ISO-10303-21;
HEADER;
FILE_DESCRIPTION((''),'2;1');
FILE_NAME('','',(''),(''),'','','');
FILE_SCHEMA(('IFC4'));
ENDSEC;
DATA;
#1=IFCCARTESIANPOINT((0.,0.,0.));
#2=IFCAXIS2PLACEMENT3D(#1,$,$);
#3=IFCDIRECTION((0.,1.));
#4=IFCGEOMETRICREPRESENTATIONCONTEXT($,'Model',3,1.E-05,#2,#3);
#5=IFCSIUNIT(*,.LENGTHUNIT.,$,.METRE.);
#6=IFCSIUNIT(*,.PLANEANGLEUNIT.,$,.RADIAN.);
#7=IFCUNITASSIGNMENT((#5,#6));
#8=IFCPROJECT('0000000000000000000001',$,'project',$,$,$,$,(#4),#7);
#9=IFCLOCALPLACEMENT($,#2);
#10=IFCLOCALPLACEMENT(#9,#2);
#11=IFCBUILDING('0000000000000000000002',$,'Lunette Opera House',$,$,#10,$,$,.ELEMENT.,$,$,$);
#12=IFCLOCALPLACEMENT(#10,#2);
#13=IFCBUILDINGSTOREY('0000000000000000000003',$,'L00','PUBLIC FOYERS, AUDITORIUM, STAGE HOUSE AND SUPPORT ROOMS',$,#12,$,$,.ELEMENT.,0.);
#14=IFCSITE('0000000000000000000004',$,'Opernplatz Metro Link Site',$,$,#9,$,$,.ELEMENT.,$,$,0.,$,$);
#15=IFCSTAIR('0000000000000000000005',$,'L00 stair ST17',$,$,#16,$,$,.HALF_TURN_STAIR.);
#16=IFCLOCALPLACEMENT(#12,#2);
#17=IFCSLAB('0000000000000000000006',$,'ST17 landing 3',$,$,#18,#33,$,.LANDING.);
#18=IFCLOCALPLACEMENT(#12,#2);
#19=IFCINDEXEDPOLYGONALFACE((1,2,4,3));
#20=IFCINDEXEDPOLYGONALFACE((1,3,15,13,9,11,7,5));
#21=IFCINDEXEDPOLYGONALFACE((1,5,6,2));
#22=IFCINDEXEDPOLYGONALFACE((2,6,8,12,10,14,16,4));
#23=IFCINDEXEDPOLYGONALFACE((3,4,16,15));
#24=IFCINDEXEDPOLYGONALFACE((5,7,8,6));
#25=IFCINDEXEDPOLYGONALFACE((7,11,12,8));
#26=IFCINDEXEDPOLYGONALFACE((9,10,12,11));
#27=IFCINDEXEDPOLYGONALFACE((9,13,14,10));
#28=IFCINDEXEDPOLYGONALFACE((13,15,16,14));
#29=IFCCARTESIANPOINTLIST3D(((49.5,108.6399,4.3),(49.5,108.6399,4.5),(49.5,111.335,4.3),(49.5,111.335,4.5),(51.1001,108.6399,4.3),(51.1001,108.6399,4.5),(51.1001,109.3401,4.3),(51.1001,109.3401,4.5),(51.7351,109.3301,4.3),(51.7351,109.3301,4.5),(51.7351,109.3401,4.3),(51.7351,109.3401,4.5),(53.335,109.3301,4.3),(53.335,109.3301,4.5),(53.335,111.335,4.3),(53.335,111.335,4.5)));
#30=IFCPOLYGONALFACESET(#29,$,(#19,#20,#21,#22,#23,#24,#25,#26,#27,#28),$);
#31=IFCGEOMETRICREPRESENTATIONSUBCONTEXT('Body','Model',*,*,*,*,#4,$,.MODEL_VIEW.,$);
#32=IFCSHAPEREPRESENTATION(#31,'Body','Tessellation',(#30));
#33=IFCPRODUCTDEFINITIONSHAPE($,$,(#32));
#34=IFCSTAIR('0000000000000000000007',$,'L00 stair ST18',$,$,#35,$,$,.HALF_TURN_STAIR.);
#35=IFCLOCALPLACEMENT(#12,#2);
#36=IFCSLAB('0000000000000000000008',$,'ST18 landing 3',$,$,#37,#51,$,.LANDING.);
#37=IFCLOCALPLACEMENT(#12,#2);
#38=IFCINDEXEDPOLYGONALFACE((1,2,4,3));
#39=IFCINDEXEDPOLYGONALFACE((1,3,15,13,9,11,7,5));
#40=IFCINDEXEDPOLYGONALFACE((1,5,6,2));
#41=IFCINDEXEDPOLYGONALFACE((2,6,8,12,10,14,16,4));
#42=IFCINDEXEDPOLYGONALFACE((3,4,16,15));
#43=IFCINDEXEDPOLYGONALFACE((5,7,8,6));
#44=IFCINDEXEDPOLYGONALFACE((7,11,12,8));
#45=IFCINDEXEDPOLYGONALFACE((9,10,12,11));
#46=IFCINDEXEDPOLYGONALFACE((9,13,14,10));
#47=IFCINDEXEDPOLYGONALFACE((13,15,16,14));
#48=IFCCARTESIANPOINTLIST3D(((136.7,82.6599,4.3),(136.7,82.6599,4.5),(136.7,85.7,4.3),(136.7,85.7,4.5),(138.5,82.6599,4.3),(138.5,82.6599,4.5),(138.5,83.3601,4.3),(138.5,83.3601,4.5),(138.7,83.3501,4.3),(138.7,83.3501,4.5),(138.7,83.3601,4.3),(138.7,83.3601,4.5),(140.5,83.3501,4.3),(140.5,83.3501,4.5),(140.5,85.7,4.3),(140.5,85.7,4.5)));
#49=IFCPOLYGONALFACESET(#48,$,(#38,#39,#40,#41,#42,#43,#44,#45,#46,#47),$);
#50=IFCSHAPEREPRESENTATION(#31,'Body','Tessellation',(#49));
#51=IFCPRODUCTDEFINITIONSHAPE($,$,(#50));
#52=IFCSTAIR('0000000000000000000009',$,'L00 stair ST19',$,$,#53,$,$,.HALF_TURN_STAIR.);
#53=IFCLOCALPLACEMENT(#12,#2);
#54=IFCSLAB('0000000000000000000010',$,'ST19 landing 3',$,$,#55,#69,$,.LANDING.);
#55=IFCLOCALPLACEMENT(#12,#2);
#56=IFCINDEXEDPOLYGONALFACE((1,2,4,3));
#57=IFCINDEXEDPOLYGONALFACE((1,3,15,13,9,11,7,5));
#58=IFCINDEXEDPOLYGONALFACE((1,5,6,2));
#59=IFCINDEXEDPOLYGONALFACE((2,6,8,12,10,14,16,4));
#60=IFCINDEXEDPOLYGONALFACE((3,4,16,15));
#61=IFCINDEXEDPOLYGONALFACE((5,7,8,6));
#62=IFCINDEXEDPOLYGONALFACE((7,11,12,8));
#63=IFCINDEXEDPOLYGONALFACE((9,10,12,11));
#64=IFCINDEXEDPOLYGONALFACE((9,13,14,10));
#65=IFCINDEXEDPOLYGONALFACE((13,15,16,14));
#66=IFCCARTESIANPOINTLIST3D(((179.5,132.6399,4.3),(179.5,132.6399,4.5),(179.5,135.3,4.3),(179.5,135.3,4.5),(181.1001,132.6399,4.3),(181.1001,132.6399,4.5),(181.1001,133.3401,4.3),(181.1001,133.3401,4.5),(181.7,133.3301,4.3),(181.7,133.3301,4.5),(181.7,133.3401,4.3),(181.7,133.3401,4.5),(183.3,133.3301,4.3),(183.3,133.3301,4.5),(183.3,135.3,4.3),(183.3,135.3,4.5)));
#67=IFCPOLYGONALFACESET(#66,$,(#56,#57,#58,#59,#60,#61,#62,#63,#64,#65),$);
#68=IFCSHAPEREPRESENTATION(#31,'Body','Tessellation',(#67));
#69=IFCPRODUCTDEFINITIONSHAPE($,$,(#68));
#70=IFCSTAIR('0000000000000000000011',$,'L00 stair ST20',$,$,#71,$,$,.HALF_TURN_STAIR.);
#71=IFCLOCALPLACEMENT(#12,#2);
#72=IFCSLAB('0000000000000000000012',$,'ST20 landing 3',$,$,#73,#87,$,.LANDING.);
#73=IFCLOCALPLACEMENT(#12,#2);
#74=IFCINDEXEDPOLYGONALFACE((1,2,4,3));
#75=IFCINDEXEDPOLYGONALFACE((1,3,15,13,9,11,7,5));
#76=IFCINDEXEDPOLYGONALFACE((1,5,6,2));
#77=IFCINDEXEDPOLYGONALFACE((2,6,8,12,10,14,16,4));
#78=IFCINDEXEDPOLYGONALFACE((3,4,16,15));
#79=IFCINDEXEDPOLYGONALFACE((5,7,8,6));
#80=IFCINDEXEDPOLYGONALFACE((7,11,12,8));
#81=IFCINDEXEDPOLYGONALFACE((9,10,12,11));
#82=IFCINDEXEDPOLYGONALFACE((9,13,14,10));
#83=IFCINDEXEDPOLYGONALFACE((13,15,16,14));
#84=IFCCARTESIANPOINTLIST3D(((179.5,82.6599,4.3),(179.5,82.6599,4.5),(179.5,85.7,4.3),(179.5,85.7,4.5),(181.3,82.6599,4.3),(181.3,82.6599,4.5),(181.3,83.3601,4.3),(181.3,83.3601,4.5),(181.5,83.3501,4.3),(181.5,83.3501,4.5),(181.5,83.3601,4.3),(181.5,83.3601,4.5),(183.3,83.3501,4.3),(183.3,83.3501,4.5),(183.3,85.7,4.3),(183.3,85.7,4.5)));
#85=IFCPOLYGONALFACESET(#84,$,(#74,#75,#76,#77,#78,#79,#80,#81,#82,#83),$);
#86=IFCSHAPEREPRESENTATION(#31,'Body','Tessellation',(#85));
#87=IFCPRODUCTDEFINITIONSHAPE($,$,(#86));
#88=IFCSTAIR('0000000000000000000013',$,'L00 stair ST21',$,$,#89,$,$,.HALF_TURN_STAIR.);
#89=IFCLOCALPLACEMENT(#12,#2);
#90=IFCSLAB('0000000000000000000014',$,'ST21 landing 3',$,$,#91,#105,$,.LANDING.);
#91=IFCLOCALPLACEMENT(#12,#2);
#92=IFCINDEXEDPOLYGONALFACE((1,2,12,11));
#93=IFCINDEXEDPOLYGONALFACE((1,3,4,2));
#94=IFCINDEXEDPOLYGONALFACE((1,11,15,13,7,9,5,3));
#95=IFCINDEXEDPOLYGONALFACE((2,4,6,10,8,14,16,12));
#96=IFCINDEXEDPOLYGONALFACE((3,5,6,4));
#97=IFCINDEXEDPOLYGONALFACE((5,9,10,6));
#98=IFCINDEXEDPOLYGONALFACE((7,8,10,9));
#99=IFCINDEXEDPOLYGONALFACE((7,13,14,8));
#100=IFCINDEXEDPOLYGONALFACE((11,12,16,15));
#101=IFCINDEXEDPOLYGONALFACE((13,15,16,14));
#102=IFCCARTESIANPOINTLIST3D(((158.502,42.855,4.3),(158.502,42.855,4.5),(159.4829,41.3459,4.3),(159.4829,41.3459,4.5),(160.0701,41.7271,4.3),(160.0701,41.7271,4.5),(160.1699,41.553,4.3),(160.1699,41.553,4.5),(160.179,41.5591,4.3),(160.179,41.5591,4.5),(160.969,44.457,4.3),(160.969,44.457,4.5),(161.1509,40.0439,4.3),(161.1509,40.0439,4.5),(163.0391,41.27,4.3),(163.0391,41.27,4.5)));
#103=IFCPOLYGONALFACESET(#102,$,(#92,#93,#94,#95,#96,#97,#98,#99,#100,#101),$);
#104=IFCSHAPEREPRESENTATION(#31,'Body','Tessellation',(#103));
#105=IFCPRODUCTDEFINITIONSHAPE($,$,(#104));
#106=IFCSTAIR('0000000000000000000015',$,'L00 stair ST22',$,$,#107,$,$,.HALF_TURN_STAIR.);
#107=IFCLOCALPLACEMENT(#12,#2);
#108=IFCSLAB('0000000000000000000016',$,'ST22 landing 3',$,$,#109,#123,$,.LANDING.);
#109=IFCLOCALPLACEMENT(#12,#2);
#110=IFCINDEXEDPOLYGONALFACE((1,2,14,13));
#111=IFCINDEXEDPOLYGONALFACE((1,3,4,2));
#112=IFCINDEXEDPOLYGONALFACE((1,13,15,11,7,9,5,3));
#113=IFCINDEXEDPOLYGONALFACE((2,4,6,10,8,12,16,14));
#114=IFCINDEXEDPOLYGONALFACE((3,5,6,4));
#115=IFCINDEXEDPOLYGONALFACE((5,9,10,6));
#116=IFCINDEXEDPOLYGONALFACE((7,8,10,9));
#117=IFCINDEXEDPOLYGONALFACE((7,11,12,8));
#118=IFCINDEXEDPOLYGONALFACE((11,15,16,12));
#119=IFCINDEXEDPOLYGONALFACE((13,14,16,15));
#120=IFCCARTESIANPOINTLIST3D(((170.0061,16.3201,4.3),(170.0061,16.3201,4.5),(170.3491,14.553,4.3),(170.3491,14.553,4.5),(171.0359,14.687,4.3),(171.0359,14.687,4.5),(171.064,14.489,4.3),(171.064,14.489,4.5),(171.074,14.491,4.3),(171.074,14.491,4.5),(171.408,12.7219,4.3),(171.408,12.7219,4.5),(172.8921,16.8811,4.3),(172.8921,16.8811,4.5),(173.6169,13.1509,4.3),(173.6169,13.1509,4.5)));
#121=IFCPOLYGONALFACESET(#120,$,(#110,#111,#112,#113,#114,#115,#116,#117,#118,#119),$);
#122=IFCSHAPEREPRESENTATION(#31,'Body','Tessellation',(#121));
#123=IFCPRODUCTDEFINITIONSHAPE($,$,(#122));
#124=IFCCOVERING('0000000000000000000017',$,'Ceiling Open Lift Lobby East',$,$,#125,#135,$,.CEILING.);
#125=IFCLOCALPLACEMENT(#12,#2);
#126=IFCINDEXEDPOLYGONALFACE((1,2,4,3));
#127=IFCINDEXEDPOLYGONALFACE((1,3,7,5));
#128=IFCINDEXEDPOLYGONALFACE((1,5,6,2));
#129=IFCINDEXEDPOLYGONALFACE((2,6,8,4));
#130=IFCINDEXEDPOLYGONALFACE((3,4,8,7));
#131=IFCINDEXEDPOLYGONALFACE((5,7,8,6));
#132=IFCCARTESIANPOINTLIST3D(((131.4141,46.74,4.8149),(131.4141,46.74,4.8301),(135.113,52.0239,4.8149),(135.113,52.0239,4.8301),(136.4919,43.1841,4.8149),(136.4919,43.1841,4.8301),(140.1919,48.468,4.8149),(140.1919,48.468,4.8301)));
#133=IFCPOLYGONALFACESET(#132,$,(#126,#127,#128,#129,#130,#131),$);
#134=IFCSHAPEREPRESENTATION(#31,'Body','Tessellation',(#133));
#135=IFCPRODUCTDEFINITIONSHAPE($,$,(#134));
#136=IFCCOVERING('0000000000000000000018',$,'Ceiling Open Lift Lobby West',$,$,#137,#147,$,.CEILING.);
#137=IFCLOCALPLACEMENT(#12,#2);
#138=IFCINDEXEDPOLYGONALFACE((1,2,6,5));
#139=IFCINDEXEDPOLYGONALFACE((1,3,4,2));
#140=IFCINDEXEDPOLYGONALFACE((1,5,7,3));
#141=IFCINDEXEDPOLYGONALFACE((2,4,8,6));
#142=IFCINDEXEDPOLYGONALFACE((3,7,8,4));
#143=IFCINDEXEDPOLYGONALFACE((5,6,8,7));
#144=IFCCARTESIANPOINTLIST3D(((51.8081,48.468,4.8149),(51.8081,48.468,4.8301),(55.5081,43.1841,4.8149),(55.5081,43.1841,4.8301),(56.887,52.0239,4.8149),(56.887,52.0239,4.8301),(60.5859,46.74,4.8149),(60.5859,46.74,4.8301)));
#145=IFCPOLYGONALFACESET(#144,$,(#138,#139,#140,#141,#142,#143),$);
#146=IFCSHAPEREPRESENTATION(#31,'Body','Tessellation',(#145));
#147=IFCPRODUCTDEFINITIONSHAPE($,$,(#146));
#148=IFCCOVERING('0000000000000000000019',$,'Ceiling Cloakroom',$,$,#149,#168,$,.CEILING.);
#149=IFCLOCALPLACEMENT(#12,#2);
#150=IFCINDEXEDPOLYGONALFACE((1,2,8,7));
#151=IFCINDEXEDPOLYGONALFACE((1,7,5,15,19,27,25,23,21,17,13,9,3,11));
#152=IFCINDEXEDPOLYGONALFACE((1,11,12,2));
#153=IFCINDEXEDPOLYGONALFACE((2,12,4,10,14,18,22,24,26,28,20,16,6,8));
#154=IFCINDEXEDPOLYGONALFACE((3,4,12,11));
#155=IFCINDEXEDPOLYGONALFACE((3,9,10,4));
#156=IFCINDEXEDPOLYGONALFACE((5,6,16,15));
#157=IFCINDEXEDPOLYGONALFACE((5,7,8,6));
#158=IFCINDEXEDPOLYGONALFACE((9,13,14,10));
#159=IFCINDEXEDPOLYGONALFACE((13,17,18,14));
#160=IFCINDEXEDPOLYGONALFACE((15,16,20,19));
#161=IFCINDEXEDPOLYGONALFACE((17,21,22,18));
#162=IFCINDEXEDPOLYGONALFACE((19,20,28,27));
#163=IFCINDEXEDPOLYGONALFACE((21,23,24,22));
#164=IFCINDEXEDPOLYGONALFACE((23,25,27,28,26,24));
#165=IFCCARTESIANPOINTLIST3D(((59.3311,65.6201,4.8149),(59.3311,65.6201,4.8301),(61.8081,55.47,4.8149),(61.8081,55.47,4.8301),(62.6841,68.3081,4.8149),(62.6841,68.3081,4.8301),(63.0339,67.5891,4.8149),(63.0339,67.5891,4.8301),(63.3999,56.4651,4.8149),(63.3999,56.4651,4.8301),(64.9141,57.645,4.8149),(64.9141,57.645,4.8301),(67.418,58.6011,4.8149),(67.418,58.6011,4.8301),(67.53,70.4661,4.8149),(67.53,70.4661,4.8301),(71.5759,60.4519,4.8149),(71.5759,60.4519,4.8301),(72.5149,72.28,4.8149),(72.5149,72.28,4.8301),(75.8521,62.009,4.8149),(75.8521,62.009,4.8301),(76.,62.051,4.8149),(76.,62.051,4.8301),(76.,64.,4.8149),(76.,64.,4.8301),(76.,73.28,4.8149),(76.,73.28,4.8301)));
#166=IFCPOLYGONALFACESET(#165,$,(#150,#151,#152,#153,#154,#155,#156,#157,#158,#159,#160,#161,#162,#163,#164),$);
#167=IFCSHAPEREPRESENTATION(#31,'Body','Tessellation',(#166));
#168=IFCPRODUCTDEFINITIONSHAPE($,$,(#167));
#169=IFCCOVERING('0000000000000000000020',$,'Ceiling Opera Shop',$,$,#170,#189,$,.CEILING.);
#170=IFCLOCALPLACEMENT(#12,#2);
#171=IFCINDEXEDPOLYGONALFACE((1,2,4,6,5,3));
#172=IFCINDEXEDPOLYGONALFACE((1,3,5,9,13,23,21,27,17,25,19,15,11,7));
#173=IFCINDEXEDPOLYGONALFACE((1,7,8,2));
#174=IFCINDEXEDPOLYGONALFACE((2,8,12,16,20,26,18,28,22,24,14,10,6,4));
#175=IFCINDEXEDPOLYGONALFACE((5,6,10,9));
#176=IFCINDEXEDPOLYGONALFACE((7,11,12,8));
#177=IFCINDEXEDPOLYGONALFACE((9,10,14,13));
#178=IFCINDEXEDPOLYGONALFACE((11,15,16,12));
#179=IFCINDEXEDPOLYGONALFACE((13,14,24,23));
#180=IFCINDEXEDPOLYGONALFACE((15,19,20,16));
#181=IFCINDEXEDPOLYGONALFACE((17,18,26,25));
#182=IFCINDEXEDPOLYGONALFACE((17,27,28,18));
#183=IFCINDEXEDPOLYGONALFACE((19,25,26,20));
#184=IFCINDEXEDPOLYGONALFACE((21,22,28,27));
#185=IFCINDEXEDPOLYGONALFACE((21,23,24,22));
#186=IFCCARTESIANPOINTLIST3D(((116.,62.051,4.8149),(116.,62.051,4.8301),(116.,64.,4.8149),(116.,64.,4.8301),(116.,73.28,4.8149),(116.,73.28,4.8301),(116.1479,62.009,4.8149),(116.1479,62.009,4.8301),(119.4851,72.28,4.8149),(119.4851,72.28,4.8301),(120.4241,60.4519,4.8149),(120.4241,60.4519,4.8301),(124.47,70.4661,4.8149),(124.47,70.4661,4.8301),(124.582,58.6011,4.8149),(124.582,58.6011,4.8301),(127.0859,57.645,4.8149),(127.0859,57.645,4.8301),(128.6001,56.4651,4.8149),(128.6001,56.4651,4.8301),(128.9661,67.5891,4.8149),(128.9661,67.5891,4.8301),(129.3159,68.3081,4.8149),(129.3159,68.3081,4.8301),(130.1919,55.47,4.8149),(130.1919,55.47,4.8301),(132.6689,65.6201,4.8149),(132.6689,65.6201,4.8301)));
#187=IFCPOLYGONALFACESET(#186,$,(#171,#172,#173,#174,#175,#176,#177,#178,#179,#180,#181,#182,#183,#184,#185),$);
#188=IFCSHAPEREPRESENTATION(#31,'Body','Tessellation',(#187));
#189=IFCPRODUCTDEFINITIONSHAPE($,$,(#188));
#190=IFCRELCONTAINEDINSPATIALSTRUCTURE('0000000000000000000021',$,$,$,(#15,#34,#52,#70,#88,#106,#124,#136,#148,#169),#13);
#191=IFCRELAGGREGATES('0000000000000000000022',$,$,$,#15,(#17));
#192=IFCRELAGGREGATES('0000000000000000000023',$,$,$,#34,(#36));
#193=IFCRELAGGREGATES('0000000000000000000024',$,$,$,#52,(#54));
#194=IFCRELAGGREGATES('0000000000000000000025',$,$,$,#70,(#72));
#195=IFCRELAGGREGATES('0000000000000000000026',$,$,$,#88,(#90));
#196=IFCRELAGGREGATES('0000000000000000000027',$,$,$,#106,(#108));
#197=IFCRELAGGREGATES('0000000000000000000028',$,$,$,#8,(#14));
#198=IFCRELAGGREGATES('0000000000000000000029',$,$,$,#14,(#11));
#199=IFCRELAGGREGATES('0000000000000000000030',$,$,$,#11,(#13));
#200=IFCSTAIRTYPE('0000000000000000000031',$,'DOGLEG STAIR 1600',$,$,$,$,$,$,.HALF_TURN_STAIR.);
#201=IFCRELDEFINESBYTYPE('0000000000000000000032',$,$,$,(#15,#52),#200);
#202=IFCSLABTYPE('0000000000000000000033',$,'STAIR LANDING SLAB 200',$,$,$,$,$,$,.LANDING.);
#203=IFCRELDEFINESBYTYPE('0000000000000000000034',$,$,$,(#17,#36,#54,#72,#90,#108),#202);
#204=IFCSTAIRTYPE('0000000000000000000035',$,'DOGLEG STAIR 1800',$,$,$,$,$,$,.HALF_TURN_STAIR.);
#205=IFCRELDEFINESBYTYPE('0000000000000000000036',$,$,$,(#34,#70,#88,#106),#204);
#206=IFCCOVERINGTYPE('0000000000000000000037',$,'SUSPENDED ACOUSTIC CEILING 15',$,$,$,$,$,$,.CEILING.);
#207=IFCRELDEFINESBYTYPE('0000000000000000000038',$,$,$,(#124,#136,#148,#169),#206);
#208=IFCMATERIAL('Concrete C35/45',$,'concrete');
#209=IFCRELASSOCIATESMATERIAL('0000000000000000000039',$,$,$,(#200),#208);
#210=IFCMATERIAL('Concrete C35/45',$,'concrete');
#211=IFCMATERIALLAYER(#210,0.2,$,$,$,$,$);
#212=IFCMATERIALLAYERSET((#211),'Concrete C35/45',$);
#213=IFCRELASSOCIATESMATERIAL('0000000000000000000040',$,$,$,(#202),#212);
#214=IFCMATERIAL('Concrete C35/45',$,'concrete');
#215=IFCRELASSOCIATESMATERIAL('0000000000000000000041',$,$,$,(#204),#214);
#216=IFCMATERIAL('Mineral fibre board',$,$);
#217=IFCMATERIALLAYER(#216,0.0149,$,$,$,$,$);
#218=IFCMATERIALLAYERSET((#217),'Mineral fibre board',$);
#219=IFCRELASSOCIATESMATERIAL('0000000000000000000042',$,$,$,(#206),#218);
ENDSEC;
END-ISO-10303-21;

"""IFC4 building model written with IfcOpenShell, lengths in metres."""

from ifc_helpers import new_model, si_unit, direction, frame, origin, place, context, subcontext, project, spatial, polyline, outline, extrude, material, layer, layer_set, type_object, element, aggregate, save


model = new_model("IFC4")

# Units and contexts
model_context = context("Model", 3, precision=1e-05, world=origin(), true_north=direction((0.0, 1.0)))
body_context = subcontext(model_context, "Body", "Model", "MODEL_VIEW")
ifc_project = project(units=[si_unit("LENGTHUNIT", "METRE"), si_unit("PLANEANGLEUNIT", "RADIAN")], contexts=[model_context])

# Site, building, storey
site_placement = place(None, origin())
site = spatial("IfcSite", under=ifc_project, at=site_placement, Name="Opernplatz Metro Link Site", CompositionType="ELEMENT", RefElevation=0.0)
building_placement = place(site_placement, origin())
building = spatial("IfcBuilding", under=site, at=building_placement, Name="Lunette Opera House", CompositionType="ELEMENT")
storey_placement = place(building_placement, origin())
storey = spatial("IfcBuildingStorey", under=building, at=storey_placement, Name="L00", Description="PUBLIC FOYERS, AUDITORIUM, STAGE HOUSE AND SUPPORT ROOMS", CompositionType="ELEMENT", Elevation=0.0)

# Stairs, slabs
ifc_material_1 = material(Name="Concrete C35/45", Category="concrete")
stair_type_1 = type_object("IfcStairType", Name="DOGLEG STAIR 1600", PredefinedType="HALF_TURN_STAIR", material=ifc_material_1)
stair_1_placement = place(storey_placement, origin())
stair_1 = element("IfcStair", 1, at=stair_1_placement, inside=storey, type_object=stair_type_1, Name="L00 stair ST17", PredefinedType="HALF_TURN_STAIR")
ifc_material_2 = material(Name="Concrete C35/45", Category="concrete")
ifc_layer_1 = layer(ifc_material_2, 0.2)
ifc_layer_set_1 = layer_set([ifc_layer_1], Name="Concrete C35/45")
slab_type = type_object("IfcSlabType", Name="STAIR LANDING SLAB 200", PredefinedType="LANDING", material=ifc_layer_set_1)
slab_1_placement = place(storey_placement, frame((0.0, 0.0, 4.3)))
slab_1 = element("IfcSlab", 2, at=slab_1_placement, type_object=slab_type, Name="ST17 landing 3", PredefinedType="LANDING", context=body_context, shape_type="SweptSolid", body=[
    extrude(outline(polyline([(53.335, 109.3301), (51.7351, 109.3301), (51.7351, 109.3401), (51.1001, 109.3401), (51.1001, 108.6399), (49.5, 108.6399), (49.5, 111.335), (53.335, 111.335), (53.335, 109.3301)])), origin(), (0.0, 0.0, 1.0), 0.2),
])
aggregate(stair_1, [slab_1])
ifc_material_3 = material(Name="Concrete C35/45", Category="concrete")
stair_type_2 = type_object("IfcStairType", Name="DOGLEG STAIR 1800", PredefinedType="HALF_TURN_STAIR", material=ifc_material_3)
stair_2_placement = place(storey_placement, origin())
stair_2 = element("IfcStair", 3, at=stair_2_placement, inside=storey, type_object=stair_type_2, Name="L00 stair ST18", PredefinedType="HALF_TURN_STAIR")
slab_2_placement = place(storey_placement, frame((0.0, 0.0, 4.3)))
slab_2 = element("IfcSlab", 4, at=slab_2_placement, type_object=slab_type, Name="ST18 landing 3", PredefinedType="LANDING", context=body_context, shape_type="SweptSolid", body=[
    extrude(outline(polyline([(140.5, 83.3501), (138.7, 83.3501), (138.7, 83.3601), (138.5, 83.3601), (138.5, 82.6599), (136.7, 82.6599), (136.7, 85.7), (140.5, 85.7), (140.5, 83.3501)])), origin(), (0.0, 0.0, 1.0), 0.2),
])
aggregate(stair_2, [slab_2])
stair_3_placement = place(storey_placement, origin())
stair_3 = element("IfcStair", 5, at=stair_3_placement, inside=storey, type_object=stair_type_1, Name="L00 stair ST19", PredefinedType="HALF_TURN_STAIR")
slab_3_placement = place(storey_placement, frame((0.0, 0.0, 4.3)))
slab_3 = element("IfcSlab", 6, at=slab_3_placement, type_object=slab_type, Name="ST19 landing 3", PredefinedType="LANDING", context=body_context, shape_type="SweptSolid", body=[
    extrude(outline(polyline([(183.3, 133.3301), (181.7, 133.3301), (181.7, 133.3401), (181.1001, 133.3401), (181.1001, 132.6399), (179.5, 132.6399), (179.5, 135.3), (183.3, 135.3), (183.3, 133.3301)])), origin(), (0.0, 0.0, 1.0), 0.2),
])
aggregate(stair_3, [slab_3])
stair_4_placement = place(storey_placement, origin())
stair_4 = element("IfcStair", 7, at=stair_4_placement, inside=storey, type_object=stair_type_2, Name="L00 stair ST20", PredefinedType="HALF_TURN_STAIR")
slab_4_placement = place(storey_placement, frame((0.0, 0.0, 4.3)))
slab_4 = element("IfcSlab", 8, at=slab_4_placement, type_object=slab_type, Name="ST20 landing 3", PredefinedType="LANDING", context=body_context, shape_type="SweptSolid", body=[
    extrude(outline(polyline([(183.3, 83.3501), (181.5, 83.3501), (181.5, 83.3601), (181.3, 83.3601), (181.3, 82.6599), (179.5, 82.6599), (179.5, 85.7), (183.3, 85.7), (183.3, 83.3501)])), origin(), (0.0, 0.0, 1.0), 0.2),
])
aggregate(stair_4, [slab_4])
stair_5_placement = place(storey_placement, origin())
stair_5 = element("IfcStair", 9, at=stair_5_placement, inside=storey, type_object=stair_type_2, Name="L00 stair ST21", PredefinedType="HALF_TURN_STAIR")
slab_5_placement = place(storey_placement, frame((0.0, 0.0, 4.3)))
slab_5 = element("IfcSlab", 10, at=slab_5_placement, type_object=slab_type, Name="ST21 landing 3", PredefinedType="LANDING", context=body_context, shape_type="SweptSolid", body=[
    extrude(outline(polyline([(163.0391, 41.27), (161.1509, 40.0439), (160.1699, 41.553), (160.179, 41.5591), (160.0701, 41.7271), (159.4829, 41.3459), (158.502, 42.855), (160.969, 44.457), (163.0391, 41.27)])), origin(), (0.0, 0.0, 1.0), 0.2),
])
aggregate(stair_5, [slab_5])
stair_6_placement = place(storey_placement, origin())
stair_6 = element("IfcStair", 11, at=stair_6_placement, inside=storey, type_object=stair_type_2, Name="L00 stair ST22", PredefinedType="HALF_TURN_STAIR")
slab_6_placement = place(storey_placement, frame((0.0, 0.0, 4.3)))
slab_6 = element("IfcSlab", 12, at=slab_6_placement, type_object=slab_type, Name="ST22 landing 3", PredefinedType="LANDING", context=body_context, shape_type="SweptSolid", body=[
    extrude(outline(polyline([(171.408, 12.7219), (171.064, 14.489), (171.074, 14.491), (171.0359, 14.687), (170.3491, 14.553), (170.0061, 16.3201), (172.8921, 16.8811), (173.6169, 13.1509), (171.408, 12.7219)])), origin(), (0.0, 0.0, 1.0), 0.2),
])
aggregate(stair_6, [slab_6])

# Coverings
ifc_material_4 = material(Name="Mineral fibre board")
ifc_layer_2 = layer(ifc_material_4, 0.0149)
ifc_layer_set_2 = layer_set([ifc_layer_2], Name="Mineral fibre board")
covering_type = type_object("IfcCoveringType", Name="SUSPENDED ACOUSTIC CEILING 15", PredefinedType="CEILING", material=ifc_layer_set_2)
covering_1_placement = place(storey_placement, frame((0.0, 0.0, 4.8149)))
element("IfcCovering", 13, at=covering_1_placement, inside=storey, type_object=covering_type, Name="Ceiling Open Lift Lobby East", PredefinedType="CEILING", context=body_context, shape_type="SweptSolid", body=[
    extrude(outline(polyline([(131.4141, 46.74), (136.4919, 43.1841), (140.1919, 48.468), (135.113, 52.0239), (131.4141, 46.74)])), origin(), (0.0, 0.0, 1.0), 0.0151),
])
covering_2_placement = place(storey_placement, frame((0.0, 0.0, 4.8149)))
element("IfcCovering", 14, at=covering_2_placement, inside=storey, type_object=covering_type, Name="Ceiling Open Lift Lobby West", PredefinedType="CEILING", context=body_context, shape_type="SweptSolid", body=[
    extrude(outline(polyline([(60.5859, 46.74), (56.887, 52.0239), (51.8081, 48.468), (55.5081, 43.1841), (60.5859, 46.74)])), origin(), (0.0, 0.0, 1.0), 0.0151),
])
covering_3_placement = place(storey_placement, frame((0.0, 0.0, 4.8149)))
element("IfcCovering", 15, at=covering_3_placement, inside=storey, type_object=covering_type, Name="Ceiling Cloakroom", PredefinedType="CEILING", context=body_context, shape_type="SweptSolid", body=[
    extrude(outline(polyline([(62.6841, 68.3081), (67.53, 70.4661), (72.5149, 72.28), (76.0, 73.28), (76.0, 64.0), (76.0, 62.051), (75.8521, 62.009), (71.5759, 60.4519), (67.418, 58.6011), (63.3999, 56.4651), (61.8081, 55.47), (64.9141, 57.645), (59.3311, 65.6201), (63.0339, 67.5891), (62.6841, 68.3081)])), origin(), (0.0, 0.0, 1.0), 0.0151),
])
covering_4_placement = place(storey_placement, frame((0.0, 0.0, 4.8149)))
element("IfcCovering", 16, at=covering_4_placement, inside=storey, type_object=covering_type, Name="Ceiling Opera Shop", PredefinedType="CEILING", context=body_context, shape_type="SweptSolid", body=[
    extrude(outline(polyline([(124.47, 70.4661), (129.3159, 68.3081), (128.9661, 67.5891), (132.6689, 65.6201), (127.0859, 57.645), (130.1919, 55.47), (128.6001, 56.4651), (124.582, 58.6011), (120.4241, 60.4519), (116.1479, 62.009), (116.0, 62.051), (116.0, 64.0), (116.0, 73.28), (119.4851, 72.28), (124.47, 70.4661)])), origin(), (0.0, 0.0, 1.0), 0.0151),
])

save(model, "model.ifc")
